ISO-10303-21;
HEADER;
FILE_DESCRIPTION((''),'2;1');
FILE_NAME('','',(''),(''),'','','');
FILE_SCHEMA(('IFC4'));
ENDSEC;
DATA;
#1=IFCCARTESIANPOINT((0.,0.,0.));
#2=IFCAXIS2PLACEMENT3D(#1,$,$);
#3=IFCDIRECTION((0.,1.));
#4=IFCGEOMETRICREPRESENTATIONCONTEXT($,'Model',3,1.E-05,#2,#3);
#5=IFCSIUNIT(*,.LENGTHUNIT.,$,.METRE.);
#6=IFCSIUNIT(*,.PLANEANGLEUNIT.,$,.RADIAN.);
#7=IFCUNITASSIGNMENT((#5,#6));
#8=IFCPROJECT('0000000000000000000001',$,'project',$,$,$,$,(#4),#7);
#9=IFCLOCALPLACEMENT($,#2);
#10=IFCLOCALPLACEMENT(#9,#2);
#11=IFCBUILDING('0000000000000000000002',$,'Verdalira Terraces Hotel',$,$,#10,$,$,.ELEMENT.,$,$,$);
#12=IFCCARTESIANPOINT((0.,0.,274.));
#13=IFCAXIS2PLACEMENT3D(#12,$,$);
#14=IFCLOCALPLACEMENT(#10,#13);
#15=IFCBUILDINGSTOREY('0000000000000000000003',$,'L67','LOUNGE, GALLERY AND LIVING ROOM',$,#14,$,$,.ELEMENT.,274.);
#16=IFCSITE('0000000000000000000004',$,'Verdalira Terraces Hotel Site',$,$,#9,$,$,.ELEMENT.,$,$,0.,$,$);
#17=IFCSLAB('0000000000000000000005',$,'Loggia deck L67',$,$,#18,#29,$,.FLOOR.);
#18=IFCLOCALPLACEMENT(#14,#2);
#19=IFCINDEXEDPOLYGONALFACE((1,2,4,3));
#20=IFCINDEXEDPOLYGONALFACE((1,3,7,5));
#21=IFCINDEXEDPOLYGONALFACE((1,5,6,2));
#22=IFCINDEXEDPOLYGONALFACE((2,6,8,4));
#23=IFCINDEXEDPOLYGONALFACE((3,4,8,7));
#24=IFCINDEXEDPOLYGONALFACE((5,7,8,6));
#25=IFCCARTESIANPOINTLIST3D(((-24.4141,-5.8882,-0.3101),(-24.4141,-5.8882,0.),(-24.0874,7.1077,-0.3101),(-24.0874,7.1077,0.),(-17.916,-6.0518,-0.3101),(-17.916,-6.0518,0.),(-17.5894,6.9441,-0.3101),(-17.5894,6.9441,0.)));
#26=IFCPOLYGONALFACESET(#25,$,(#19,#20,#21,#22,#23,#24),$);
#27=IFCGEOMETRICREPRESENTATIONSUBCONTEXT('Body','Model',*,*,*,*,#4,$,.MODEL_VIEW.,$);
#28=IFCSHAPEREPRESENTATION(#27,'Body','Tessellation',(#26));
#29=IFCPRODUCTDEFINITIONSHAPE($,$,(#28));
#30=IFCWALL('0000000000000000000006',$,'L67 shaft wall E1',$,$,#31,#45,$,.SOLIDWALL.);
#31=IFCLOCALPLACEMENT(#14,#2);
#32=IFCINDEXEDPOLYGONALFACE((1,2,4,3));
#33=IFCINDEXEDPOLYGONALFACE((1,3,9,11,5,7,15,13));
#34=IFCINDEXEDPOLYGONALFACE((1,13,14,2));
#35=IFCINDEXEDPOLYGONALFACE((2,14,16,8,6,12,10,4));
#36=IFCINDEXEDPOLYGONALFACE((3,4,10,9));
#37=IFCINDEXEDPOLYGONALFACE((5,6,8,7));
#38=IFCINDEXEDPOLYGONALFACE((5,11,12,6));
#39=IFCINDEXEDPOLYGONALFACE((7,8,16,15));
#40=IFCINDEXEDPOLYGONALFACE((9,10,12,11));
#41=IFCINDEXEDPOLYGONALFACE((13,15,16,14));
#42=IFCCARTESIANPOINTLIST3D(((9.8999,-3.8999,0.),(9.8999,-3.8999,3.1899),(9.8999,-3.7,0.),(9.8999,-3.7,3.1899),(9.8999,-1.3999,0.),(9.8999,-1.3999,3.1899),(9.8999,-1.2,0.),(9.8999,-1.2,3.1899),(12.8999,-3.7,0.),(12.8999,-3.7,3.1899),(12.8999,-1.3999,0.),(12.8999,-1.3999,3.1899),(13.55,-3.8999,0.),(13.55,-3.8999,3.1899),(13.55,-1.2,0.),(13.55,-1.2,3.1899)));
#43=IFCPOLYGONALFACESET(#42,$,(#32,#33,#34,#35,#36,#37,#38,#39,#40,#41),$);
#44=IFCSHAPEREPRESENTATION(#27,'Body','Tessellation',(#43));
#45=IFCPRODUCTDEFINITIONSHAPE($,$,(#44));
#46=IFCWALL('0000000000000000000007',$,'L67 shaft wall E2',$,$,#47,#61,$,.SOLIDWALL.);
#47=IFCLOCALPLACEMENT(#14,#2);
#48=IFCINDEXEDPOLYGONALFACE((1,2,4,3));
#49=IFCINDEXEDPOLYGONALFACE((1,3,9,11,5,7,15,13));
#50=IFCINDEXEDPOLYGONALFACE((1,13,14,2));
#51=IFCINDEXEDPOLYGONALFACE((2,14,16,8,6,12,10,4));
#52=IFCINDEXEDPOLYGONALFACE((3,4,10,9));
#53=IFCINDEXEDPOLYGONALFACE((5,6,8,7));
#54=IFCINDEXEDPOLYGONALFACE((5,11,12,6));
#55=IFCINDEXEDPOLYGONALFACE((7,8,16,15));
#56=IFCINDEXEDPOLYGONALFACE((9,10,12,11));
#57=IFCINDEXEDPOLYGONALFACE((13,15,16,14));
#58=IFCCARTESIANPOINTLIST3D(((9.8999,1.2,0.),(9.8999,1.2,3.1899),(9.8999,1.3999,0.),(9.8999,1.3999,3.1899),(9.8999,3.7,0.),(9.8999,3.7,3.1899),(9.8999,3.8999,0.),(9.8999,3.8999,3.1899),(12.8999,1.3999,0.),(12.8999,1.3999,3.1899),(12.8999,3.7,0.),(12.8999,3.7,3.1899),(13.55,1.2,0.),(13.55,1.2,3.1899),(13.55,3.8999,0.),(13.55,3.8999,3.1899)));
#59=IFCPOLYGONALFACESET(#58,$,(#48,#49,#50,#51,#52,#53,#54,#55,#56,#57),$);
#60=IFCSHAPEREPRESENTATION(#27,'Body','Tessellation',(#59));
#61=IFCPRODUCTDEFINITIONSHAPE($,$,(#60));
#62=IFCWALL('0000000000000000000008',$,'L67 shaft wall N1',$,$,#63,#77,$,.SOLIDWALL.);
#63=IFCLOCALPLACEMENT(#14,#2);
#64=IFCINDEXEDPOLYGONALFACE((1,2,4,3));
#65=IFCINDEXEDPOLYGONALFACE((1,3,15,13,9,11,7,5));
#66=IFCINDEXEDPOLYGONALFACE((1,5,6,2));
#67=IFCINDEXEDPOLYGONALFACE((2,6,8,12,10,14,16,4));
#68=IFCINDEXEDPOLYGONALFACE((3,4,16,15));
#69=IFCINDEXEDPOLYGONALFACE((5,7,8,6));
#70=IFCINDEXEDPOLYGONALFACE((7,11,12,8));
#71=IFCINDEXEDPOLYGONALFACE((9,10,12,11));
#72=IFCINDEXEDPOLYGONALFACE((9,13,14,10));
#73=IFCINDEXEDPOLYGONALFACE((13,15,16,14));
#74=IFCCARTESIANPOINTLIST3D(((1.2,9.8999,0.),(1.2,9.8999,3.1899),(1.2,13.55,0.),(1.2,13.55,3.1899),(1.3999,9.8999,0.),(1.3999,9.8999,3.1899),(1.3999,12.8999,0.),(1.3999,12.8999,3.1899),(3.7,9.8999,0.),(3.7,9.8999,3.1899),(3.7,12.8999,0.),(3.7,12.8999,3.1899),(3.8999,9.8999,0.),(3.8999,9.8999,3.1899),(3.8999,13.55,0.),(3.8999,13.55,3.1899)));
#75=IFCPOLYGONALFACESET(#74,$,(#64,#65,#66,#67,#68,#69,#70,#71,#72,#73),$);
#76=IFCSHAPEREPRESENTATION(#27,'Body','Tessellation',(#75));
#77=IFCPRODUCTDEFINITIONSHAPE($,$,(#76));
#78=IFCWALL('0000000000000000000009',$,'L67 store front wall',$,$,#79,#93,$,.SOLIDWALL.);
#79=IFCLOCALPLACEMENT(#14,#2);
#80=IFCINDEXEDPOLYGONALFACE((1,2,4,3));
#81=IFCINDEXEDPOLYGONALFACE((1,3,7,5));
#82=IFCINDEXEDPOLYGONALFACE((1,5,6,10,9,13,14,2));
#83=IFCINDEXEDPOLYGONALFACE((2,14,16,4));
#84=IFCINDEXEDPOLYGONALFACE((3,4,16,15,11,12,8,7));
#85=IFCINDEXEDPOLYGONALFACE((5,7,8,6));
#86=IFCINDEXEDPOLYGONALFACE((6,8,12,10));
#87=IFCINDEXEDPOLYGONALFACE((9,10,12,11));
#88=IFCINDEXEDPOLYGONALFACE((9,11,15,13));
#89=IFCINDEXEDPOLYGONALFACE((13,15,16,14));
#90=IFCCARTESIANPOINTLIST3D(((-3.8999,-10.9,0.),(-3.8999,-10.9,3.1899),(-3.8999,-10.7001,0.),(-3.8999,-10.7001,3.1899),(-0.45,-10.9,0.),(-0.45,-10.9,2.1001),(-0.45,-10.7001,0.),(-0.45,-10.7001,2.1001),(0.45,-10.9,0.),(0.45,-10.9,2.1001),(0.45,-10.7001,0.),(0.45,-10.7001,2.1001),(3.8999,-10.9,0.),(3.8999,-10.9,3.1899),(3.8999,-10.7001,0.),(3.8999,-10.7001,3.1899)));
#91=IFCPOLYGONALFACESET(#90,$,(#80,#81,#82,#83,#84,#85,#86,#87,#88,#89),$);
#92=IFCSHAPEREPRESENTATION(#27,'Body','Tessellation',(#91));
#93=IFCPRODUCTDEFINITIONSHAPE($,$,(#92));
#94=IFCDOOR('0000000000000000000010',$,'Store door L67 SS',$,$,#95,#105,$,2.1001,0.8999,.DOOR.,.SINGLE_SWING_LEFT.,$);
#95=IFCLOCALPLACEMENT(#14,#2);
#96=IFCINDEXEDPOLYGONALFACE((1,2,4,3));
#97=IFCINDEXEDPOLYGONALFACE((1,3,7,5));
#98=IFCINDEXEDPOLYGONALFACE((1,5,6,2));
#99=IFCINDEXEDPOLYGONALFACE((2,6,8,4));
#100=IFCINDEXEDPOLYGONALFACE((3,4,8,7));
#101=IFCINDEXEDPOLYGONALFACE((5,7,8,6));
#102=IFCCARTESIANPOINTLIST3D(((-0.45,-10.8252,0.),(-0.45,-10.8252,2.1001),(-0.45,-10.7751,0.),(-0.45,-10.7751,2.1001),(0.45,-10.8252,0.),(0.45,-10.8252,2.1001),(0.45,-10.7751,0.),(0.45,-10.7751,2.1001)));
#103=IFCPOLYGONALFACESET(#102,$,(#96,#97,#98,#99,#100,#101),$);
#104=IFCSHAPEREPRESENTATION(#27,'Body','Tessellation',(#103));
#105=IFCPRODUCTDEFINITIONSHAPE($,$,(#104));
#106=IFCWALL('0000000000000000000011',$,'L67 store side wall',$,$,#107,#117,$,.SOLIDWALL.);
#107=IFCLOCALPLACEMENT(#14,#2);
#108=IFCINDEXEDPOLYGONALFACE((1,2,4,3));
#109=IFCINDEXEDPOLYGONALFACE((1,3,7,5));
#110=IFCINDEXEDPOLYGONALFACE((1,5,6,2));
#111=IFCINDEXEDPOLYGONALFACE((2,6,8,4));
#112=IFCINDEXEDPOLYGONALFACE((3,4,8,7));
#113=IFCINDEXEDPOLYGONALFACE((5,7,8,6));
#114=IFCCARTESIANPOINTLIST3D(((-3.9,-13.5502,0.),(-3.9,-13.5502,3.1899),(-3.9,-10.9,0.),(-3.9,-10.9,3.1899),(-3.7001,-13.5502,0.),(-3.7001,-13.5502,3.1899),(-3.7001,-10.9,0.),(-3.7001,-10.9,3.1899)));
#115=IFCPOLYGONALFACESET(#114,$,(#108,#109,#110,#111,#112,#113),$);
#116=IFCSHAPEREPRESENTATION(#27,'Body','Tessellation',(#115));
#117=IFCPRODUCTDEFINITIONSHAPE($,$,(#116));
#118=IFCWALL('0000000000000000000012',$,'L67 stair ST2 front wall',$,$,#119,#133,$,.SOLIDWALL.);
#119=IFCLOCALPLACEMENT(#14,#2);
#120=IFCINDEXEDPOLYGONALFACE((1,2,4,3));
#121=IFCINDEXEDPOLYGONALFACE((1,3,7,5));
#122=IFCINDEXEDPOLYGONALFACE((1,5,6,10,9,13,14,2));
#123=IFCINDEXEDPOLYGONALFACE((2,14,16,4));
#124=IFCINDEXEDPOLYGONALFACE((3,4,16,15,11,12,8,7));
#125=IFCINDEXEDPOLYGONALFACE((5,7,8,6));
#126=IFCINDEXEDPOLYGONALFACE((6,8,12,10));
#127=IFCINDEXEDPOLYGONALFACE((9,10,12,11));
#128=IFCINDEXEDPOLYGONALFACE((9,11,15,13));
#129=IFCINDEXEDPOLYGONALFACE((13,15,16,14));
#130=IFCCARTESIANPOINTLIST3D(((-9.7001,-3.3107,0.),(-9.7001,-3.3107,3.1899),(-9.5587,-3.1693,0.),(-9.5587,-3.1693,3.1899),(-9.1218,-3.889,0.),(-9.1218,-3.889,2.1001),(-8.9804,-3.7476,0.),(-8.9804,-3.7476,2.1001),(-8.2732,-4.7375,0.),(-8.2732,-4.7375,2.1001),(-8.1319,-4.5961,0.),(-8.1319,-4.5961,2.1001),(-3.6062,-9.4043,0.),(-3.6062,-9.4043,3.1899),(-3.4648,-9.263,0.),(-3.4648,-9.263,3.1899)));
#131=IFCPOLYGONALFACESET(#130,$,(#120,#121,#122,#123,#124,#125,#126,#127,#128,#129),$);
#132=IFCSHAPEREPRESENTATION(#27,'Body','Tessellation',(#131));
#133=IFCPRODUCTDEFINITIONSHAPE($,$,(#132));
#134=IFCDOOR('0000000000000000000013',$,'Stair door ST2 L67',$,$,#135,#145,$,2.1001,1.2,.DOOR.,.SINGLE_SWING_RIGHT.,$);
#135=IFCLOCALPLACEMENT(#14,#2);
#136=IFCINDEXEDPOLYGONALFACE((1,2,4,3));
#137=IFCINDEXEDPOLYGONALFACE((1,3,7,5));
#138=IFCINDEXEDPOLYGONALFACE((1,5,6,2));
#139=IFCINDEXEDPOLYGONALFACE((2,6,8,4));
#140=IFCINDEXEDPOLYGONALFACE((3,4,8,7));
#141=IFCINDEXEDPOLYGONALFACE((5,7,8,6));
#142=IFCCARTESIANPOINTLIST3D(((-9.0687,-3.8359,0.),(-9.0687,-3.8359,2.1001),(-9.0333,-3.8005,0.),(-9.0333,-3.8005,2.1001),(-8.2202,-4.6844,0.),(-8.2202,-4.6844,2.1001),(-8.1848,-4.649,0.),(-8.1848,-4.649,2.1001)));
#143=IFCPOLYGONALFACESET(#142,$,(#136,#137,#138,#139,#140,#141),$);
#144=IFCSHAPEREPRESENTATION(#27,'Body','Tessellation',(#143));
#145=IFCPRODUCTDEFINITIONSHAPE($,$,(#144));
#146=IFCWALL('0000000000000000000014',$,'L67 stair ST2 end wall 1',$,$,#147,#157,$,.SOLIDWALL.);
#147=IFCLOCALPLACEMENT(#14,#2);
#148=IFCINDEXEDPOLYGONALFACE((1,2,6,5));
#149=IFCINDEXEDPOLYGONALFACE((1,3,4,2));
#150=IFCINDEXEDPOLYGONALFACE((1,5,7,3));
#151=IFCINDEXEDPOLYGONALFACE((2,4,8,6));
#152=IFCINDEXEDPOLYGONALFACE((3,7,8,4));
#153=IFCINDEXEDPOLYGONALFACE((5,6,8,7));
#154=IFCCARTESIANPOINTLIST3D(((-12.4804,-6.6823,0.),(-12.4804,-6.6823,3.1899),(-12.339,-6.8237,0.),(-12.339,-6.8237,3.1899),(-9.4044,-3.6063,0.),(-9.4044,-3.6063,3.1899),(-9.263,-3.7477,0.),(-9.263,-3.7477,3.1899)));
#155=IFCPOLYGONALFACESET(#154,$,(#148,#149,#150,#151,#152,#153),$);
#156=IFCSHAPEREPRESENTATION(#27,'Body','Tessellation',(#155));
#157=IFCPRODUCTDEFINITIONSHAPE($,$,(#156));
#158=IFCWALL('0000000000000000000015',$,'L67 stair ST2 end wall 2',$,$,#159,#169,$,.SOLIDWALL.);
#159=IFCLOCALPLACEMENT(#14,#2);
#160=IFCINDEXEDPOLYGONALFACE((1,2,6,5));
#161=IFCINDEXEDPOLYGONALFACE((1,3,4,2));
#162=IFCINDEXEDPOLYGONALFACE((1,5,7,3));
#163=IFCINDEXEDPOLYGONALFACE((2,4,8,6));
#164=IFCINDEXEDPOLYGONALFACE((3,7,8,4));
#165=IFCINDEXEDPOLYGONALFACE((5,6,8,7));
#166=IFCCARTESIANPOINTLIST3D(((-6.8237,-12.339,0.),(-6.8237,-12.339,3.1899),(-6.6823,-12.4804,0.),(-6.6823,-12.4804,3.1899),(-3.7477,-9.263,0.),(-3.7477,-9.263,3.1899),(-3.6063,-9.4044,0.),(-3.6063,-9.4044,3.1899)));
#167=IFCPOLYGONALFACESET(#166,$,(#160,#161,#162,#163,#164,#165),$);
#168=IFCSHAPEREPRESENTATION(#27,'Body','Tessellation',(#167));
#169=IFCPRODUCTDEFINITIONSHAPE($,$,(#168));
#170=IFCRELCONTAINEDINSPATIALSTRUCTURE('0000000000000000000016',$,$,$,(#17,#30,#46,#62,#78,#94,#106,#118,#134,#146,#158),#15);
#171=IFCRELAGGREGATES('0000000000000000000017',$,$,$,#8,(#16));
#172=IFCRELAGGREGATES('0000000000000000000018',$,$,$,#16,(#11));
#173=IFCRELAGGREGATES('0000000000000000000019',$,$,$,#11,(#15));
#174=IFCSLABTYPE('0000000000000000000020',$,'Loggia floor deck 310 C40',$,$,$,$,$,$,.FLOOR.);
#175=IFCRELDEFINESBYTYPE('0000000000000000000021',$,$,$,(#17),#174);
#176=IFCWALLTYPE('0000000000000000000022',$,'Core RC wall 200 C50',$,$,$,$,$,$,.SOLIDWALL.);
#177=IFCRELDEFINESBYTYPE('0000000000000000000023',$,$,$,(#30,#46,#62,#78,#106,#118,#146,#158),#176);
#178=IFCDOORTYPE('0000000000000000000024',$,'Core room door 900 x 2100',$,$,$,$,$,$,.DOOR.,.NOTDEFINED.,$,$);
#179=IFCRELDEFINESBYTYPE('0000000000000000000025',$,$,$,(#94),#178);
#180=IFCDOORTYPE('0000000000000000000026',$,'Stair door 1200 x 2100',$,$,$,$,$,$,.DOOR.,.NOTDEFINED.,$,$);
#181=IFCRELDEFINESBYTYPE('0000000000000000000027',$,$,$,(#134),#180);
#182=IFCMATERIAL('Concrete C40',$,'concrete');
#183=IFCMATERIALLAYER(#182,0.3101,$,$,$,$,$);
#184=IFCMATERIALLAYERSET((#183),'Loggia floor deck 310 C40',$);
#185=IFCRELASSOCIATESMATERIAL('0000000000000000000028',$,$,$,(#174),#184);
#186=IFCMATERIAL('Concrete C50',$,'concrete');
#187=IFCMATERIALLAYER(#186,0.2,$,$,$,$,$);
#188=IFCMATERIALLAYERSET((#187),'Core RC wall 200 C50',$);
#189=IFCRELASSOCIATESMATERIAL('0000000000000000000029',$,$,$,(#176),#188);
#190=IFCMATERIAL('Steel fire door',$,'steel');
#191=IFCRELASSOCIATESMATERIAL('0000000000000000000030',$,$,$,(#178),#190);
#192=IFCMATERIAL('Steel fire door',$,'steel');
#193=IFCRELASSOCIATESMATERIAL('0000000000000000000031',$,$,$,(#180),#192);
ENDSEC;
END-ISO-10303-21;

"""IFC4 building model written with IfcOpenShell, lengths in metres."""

from ifc_helpers import new_model, si_unit, direction, frame, frame_2d, origin, place, context, subcontext, project, spatial, polyline, rectangle, outline, extrude, material, layer, layer_set, type_object, element, fill, save


model = new_model("IFC4")

# Units and contexts
model_context = context("Model", 3, precision=1e-05, world=origin(), true_north=direction((0.0, 1.0)))
body_context = subcontext(model_context, "Body", "Model", "MODEL_VIEW")
ifc_project = project(units=[si_unit("LENGTHUNIT", "METRE"), si_unit("PLANEANGLEUNIT", "RADIAN")], contexts=[model_context])

# Site, building, storey
site_placement = place(None, origin())
site = spatial("IfcSite", under=ifc_project, at=site_placement, Name="Verdalira Terraces Hotel Site", CompositionType="ELEMENT", RefElevation=0.0)
building_placement = place(site_placement, origin())
building = spatial("IfcBuilding", under=site, at=building_placement, Name="Verdalira Terraces Hotel", CompositionType="ELEMENT")
storey_placement = place(building_placement, frame((0.0, 0.0, 274.0)))
storey = spatial("IfcBuildingStorey", under=building, at=storey_placement, Name="L67", Description="LOUNGE, GALLERY AND LIVING ROOM", CompositionType="ELEMENT", Elevation=274.0)

# Slab
ifc_material_1 = material(Name="Concrete C40", Category="concrete")
ifc_layer_1 = layer(ifc_material_1, 0.3101)
ifc_layer_set_1 = layer_set([ifc_layer_1], Name="Loggia floor deck 310 C40")
slab_type_1 = type_object("IfcSlabType", Name="Loggia floor deck 310 C40", PredefinedType="FLOOR", material=ifc_layer_set_1)
slab_1_placement = place(storey_placement, frame((0.0, 0.0, -0.3101)))
element("IfcSlab", 1, at=slab_1_placement, inside=storey, type_object=slab_type_1, Name="Loggia deck L67", PredefinedType="FLOOR", context=body_context, shape_type="SweptSolid", body=[
    extrude(outline(polyline([(-17.5894, 6.9441), (-24.0874, 7.1077), (-24.4141, -5.8882), (-17.916, -6.0518), (-17.5894, 6.9441)])), origin(), (0.0, 0.0, 1.0), 0.3101),
])

# Walls
ifc_material_2 = material(Name="Concrete C50", Category="concrete")
ifc_layer_2 = layer(ifc_material_2, 0.2)
ifc_layer_set_2 = layer_set([ifc_layer_2], Name="Core RC wall 200 C50")
wall_type_1 = type_object("IfcWallType", Name="Core RC wall 200 C50", PredefinedType="SOLIDWALL", material=ifc_layer_set_2)
wall_1_placement = place(storey_placement, origin())
element("IfcWall", 2, at=wall_1_placement, inside=storey, type_object=wall_type_1, Name="L67 shaft wall E1", PredefinedType="SOLIDWALL", context=body_context, shape_type="SweptSolid", body=[
    extrude(outline(polyline([(13.55, -3.8999), (9.8999, -3.8999), (9.8999, -3.7), (12.8999, -3.7), (12.8999, -1.3999), (9.8999, -1.3999), (9.8999, -1.2), (13.55, -1.2), (13.55, -3.8999)])), origin(), (0.0, 0.0, 1.0), 3.1899),
])
wall_2_placement = place(storey_placement, origin())
element("IfcWall", 3, at=wall_2_placement, inside=storey, type_object=wall_type_1, Name="L67 shaft wall E2", PredefinedType="SOLIDWALL", context=body_context, shape_type="SweptSolid", body=[
    extrude(outline(polyline([(13.55, 3.8999), (13.55, 1.2), (9.8999, 1.2), (9.8999, 1.3999), (12.8999, 1.3999), (12.8999, 3.7), (9.8999, 3.7), (9.8999, 3.8999), (13.55, 3.8999)])), origin(), (0.0, 0.0, 1.0), 3.1899),
])
wall_3_placement = place(storey_placement, origin())
element("IfcWall", 4, at=wall_3_placement, inside=storey, type_object=wall_type_1, Name="L67 shaft wall N1", PredefinedType="SOLIDWALL", context=body_context, shape_type="SweptSolid", body=[
    extrude(outline(polyline([(3.8999, 9.8999), (3.7, 9.8999), (3.7, 12.8999), (1.3999, 12.8999), (1.3999, 9.8999), (1.2, 9.8999), (1.2, 13.55), (3.8999, 13.55), (3.8999, 9.8999)])), origin(), (0.0, 0.0, 1.0), 3.1899),
])

# Wall, opening, door
wall_4_placement = place(storey_placement, frame((-3.8999, -10.8, 0.0), z_axis=(0.0, 0.0, 1.0), x_axis=(1.0, 0.0, 0.0)))
wall_4 = element("IfcWall", 5, at=wall_4_placement, inside=storey, type_object=wall_type_1, Name="L67 store front wall", PredefinedType="SOLIDWALL", context=body_context, shape_type="SweptSolid", body=[
    extrude(rectangle(XDim=7.7998, YDim=0.2, at=frame_2d((3.8999, 0.0))), origin(), (0.0, 0.0, 1.0), 3.1899),
])
opening_1_placement = place(wall_4_placement, frame((3.45, 0.0, 0.0)))
opening_1 = element("IfcOpeningElement", 6, at=opening_1_placement, cuts=wall_4, PredefinedType="OPENING", context=body_context, shape_type="SweptSolid", body=[
    extrude(rectangle(XDim=0.8999, YDim=2.1001, at=frame_2d((0.45, 1.05))), frame((0.0, 0.1099, 0.0), z_axis=(0.0, -1.0, 0.0), x_axis=(1.0, 0.0, 0.0)), (0.0, 0.0, 1.0), 0.22),
])
ifc_material_3 = material(Name="Steel fire door", Category="steel")
door_type_1 = type_object("IfcDoorType", Name="Core room door 900 x 2100", OperationType="NOTDEFINED", PredefinedType="DOOR", material=ifc_material_3)
door_1_placement = place(opening_1_placement, origin())
door_1 = element("IfcDoor", 7, at=door_1_placement, inside=storey, type_object=door_type_1, Name="Store door L67 SS", OperationType="SINGLE_SWING_LEFT", OverallHeight=2.1001, OverallWidth=0.8999, PredefinedType="DOOR", context=body_context, shape_type="SweptSolid", body=[
    extrude(rectangle(XDim=0.8999, YDim=2.1001, at=frame_2d((0.45, 1.05))), frame((0.0, 0.0249, 0.0), z_axis=(0.0, -1.0, 0.0), x_axis=(1.0, 0.0, 0.0)), (0.0, 0.0, 1.0), 0.05),
])
fill(opening_1, door_1)

# Wall
wall_5_placement = place(storey_placement, frame((-3.8, -10.8999, 0.0), z_axis=(0.0, 0.0, 1.0), x_axis=(0.0, -1.0, 0.0)))
element("IfcWall", 8, at=wall_5_placement, inside=storey, type_object=wall_type_1, Name="L67 store side wall", PredefinedType="SOLIDWALL", context=body_context, shape_type="SweptSolid", body=[
    extrude(rectangle(XDim=2.6501, YDim=0.2, at=frame_2d((1.3252, 0.0))), origin(), (0.0, 0.0, 1.0), 3.1899),
])

# Wall, opening, door
wall_6_placement = place(storey_placement, frame((-3.5354, -9.3337, 0.0), z_axis=(0.0, 0.0, 1.0), x_axis=(-0.707121, 0.707093, 0.0)))
wall_6 = element("IfcWall", 9, at=wall_6_placement, inside=storey, type_object=wall_type_1, Name="L67 stair ST2 front wall", PredefinedType="SOLIDWALL", context=body_context, shape_type="SweptSolid", body=[
    extrude(rectangle(XDim=8.6179, YDim=0.2, at=frame_2d((4.3091, 0.0))), origin(), (0.0, 0.0, 1.0), 3.1899),
])
opening_2_placement = place(wall_6_placement, frame((6.6001, 0.0, 0.0)))
opening_2 = element("IfcOpeningElement", 10, at=opening_2_placement, cuts=wall_6, PredefinedType="OPENING", context=body_context, shape_type="SweptSolid", body=[
    extrude(rectangle(XDim=1.2, YDim=2.1001, at=frame_2d((0.6001, 1.05))), frame((0.0, 0.1099, 0.0), z_axis=(0.0, -1.0, 0.0), x_axis=(1.0, 0.0, 0.0)), (0.0, 0.0, 1.0), 0.22),
])
ifc_material_4 = material(Name="Steel fire door", Category="steel")
door_type_2 = type_object("IfcDoorType", Name="Stair door 1200 x 2100", OperationType="NOTDEFINED", PredefinedType="DOOR", material=ifc_material_4)
door_2_placement = place(opening_2_placement, origin())
door_2 = element("IfcDoor", 11, at=door_2_placement, inside=storey, type_object=door_type_2, Name="Stair door ST2 L67", OperationType="SINGLE_SWING_RIGHT", OverallHeight=2.1001, OverallWidth=1.2, PredefinedType="DOOR", context=body_context, shape_type="SweptSolid", body=[
    extrude(rectangle(XDim=1.2, YDim=2.1001, at=frame_2d((0.6001, 1.05))), frame((0.0, 0.0249, 0.0), z_axis=(0.0, -1.0, 0.0), x_axis=(1.0, 0.0, 0.0)), (0.0, 0.0, 1.0), 0.05),
])
fill(opening_2, door_2)

# Walls
for number, where, z_axis, x_axis, name in (
    (12, (-9.3337, -3.677, 0.0), (0.0, 0.0, 1.0), (-0.707107, -0.707107, 0.0), "L67 stair ST2 end wall 1"),
    (13, (-3.677, -9.3337, 0.0), (0.0, 0.0, 1.0), (-0.707107, -0.707107, 0.0), "L67 stair ST2 end wall 2"),
):
    element("IfcWall", number, at=place(storey_placement, frame(where, z_axis=z_axis, x_axis=x_axis)), inside=storey, type_object=wall_type_1, Name=name, PredefinedType="SOLIDWALL", context=body_context, shape_type="SweptSolid", body=[
        extrude(rectangle(XDim=4.3501, YDim=0.2, at=frame_2d((2.175, 0.0))), origin(), (0.0, 0.0, 1.0), 3.1899),
    ])

save(model, "model.ifc")
